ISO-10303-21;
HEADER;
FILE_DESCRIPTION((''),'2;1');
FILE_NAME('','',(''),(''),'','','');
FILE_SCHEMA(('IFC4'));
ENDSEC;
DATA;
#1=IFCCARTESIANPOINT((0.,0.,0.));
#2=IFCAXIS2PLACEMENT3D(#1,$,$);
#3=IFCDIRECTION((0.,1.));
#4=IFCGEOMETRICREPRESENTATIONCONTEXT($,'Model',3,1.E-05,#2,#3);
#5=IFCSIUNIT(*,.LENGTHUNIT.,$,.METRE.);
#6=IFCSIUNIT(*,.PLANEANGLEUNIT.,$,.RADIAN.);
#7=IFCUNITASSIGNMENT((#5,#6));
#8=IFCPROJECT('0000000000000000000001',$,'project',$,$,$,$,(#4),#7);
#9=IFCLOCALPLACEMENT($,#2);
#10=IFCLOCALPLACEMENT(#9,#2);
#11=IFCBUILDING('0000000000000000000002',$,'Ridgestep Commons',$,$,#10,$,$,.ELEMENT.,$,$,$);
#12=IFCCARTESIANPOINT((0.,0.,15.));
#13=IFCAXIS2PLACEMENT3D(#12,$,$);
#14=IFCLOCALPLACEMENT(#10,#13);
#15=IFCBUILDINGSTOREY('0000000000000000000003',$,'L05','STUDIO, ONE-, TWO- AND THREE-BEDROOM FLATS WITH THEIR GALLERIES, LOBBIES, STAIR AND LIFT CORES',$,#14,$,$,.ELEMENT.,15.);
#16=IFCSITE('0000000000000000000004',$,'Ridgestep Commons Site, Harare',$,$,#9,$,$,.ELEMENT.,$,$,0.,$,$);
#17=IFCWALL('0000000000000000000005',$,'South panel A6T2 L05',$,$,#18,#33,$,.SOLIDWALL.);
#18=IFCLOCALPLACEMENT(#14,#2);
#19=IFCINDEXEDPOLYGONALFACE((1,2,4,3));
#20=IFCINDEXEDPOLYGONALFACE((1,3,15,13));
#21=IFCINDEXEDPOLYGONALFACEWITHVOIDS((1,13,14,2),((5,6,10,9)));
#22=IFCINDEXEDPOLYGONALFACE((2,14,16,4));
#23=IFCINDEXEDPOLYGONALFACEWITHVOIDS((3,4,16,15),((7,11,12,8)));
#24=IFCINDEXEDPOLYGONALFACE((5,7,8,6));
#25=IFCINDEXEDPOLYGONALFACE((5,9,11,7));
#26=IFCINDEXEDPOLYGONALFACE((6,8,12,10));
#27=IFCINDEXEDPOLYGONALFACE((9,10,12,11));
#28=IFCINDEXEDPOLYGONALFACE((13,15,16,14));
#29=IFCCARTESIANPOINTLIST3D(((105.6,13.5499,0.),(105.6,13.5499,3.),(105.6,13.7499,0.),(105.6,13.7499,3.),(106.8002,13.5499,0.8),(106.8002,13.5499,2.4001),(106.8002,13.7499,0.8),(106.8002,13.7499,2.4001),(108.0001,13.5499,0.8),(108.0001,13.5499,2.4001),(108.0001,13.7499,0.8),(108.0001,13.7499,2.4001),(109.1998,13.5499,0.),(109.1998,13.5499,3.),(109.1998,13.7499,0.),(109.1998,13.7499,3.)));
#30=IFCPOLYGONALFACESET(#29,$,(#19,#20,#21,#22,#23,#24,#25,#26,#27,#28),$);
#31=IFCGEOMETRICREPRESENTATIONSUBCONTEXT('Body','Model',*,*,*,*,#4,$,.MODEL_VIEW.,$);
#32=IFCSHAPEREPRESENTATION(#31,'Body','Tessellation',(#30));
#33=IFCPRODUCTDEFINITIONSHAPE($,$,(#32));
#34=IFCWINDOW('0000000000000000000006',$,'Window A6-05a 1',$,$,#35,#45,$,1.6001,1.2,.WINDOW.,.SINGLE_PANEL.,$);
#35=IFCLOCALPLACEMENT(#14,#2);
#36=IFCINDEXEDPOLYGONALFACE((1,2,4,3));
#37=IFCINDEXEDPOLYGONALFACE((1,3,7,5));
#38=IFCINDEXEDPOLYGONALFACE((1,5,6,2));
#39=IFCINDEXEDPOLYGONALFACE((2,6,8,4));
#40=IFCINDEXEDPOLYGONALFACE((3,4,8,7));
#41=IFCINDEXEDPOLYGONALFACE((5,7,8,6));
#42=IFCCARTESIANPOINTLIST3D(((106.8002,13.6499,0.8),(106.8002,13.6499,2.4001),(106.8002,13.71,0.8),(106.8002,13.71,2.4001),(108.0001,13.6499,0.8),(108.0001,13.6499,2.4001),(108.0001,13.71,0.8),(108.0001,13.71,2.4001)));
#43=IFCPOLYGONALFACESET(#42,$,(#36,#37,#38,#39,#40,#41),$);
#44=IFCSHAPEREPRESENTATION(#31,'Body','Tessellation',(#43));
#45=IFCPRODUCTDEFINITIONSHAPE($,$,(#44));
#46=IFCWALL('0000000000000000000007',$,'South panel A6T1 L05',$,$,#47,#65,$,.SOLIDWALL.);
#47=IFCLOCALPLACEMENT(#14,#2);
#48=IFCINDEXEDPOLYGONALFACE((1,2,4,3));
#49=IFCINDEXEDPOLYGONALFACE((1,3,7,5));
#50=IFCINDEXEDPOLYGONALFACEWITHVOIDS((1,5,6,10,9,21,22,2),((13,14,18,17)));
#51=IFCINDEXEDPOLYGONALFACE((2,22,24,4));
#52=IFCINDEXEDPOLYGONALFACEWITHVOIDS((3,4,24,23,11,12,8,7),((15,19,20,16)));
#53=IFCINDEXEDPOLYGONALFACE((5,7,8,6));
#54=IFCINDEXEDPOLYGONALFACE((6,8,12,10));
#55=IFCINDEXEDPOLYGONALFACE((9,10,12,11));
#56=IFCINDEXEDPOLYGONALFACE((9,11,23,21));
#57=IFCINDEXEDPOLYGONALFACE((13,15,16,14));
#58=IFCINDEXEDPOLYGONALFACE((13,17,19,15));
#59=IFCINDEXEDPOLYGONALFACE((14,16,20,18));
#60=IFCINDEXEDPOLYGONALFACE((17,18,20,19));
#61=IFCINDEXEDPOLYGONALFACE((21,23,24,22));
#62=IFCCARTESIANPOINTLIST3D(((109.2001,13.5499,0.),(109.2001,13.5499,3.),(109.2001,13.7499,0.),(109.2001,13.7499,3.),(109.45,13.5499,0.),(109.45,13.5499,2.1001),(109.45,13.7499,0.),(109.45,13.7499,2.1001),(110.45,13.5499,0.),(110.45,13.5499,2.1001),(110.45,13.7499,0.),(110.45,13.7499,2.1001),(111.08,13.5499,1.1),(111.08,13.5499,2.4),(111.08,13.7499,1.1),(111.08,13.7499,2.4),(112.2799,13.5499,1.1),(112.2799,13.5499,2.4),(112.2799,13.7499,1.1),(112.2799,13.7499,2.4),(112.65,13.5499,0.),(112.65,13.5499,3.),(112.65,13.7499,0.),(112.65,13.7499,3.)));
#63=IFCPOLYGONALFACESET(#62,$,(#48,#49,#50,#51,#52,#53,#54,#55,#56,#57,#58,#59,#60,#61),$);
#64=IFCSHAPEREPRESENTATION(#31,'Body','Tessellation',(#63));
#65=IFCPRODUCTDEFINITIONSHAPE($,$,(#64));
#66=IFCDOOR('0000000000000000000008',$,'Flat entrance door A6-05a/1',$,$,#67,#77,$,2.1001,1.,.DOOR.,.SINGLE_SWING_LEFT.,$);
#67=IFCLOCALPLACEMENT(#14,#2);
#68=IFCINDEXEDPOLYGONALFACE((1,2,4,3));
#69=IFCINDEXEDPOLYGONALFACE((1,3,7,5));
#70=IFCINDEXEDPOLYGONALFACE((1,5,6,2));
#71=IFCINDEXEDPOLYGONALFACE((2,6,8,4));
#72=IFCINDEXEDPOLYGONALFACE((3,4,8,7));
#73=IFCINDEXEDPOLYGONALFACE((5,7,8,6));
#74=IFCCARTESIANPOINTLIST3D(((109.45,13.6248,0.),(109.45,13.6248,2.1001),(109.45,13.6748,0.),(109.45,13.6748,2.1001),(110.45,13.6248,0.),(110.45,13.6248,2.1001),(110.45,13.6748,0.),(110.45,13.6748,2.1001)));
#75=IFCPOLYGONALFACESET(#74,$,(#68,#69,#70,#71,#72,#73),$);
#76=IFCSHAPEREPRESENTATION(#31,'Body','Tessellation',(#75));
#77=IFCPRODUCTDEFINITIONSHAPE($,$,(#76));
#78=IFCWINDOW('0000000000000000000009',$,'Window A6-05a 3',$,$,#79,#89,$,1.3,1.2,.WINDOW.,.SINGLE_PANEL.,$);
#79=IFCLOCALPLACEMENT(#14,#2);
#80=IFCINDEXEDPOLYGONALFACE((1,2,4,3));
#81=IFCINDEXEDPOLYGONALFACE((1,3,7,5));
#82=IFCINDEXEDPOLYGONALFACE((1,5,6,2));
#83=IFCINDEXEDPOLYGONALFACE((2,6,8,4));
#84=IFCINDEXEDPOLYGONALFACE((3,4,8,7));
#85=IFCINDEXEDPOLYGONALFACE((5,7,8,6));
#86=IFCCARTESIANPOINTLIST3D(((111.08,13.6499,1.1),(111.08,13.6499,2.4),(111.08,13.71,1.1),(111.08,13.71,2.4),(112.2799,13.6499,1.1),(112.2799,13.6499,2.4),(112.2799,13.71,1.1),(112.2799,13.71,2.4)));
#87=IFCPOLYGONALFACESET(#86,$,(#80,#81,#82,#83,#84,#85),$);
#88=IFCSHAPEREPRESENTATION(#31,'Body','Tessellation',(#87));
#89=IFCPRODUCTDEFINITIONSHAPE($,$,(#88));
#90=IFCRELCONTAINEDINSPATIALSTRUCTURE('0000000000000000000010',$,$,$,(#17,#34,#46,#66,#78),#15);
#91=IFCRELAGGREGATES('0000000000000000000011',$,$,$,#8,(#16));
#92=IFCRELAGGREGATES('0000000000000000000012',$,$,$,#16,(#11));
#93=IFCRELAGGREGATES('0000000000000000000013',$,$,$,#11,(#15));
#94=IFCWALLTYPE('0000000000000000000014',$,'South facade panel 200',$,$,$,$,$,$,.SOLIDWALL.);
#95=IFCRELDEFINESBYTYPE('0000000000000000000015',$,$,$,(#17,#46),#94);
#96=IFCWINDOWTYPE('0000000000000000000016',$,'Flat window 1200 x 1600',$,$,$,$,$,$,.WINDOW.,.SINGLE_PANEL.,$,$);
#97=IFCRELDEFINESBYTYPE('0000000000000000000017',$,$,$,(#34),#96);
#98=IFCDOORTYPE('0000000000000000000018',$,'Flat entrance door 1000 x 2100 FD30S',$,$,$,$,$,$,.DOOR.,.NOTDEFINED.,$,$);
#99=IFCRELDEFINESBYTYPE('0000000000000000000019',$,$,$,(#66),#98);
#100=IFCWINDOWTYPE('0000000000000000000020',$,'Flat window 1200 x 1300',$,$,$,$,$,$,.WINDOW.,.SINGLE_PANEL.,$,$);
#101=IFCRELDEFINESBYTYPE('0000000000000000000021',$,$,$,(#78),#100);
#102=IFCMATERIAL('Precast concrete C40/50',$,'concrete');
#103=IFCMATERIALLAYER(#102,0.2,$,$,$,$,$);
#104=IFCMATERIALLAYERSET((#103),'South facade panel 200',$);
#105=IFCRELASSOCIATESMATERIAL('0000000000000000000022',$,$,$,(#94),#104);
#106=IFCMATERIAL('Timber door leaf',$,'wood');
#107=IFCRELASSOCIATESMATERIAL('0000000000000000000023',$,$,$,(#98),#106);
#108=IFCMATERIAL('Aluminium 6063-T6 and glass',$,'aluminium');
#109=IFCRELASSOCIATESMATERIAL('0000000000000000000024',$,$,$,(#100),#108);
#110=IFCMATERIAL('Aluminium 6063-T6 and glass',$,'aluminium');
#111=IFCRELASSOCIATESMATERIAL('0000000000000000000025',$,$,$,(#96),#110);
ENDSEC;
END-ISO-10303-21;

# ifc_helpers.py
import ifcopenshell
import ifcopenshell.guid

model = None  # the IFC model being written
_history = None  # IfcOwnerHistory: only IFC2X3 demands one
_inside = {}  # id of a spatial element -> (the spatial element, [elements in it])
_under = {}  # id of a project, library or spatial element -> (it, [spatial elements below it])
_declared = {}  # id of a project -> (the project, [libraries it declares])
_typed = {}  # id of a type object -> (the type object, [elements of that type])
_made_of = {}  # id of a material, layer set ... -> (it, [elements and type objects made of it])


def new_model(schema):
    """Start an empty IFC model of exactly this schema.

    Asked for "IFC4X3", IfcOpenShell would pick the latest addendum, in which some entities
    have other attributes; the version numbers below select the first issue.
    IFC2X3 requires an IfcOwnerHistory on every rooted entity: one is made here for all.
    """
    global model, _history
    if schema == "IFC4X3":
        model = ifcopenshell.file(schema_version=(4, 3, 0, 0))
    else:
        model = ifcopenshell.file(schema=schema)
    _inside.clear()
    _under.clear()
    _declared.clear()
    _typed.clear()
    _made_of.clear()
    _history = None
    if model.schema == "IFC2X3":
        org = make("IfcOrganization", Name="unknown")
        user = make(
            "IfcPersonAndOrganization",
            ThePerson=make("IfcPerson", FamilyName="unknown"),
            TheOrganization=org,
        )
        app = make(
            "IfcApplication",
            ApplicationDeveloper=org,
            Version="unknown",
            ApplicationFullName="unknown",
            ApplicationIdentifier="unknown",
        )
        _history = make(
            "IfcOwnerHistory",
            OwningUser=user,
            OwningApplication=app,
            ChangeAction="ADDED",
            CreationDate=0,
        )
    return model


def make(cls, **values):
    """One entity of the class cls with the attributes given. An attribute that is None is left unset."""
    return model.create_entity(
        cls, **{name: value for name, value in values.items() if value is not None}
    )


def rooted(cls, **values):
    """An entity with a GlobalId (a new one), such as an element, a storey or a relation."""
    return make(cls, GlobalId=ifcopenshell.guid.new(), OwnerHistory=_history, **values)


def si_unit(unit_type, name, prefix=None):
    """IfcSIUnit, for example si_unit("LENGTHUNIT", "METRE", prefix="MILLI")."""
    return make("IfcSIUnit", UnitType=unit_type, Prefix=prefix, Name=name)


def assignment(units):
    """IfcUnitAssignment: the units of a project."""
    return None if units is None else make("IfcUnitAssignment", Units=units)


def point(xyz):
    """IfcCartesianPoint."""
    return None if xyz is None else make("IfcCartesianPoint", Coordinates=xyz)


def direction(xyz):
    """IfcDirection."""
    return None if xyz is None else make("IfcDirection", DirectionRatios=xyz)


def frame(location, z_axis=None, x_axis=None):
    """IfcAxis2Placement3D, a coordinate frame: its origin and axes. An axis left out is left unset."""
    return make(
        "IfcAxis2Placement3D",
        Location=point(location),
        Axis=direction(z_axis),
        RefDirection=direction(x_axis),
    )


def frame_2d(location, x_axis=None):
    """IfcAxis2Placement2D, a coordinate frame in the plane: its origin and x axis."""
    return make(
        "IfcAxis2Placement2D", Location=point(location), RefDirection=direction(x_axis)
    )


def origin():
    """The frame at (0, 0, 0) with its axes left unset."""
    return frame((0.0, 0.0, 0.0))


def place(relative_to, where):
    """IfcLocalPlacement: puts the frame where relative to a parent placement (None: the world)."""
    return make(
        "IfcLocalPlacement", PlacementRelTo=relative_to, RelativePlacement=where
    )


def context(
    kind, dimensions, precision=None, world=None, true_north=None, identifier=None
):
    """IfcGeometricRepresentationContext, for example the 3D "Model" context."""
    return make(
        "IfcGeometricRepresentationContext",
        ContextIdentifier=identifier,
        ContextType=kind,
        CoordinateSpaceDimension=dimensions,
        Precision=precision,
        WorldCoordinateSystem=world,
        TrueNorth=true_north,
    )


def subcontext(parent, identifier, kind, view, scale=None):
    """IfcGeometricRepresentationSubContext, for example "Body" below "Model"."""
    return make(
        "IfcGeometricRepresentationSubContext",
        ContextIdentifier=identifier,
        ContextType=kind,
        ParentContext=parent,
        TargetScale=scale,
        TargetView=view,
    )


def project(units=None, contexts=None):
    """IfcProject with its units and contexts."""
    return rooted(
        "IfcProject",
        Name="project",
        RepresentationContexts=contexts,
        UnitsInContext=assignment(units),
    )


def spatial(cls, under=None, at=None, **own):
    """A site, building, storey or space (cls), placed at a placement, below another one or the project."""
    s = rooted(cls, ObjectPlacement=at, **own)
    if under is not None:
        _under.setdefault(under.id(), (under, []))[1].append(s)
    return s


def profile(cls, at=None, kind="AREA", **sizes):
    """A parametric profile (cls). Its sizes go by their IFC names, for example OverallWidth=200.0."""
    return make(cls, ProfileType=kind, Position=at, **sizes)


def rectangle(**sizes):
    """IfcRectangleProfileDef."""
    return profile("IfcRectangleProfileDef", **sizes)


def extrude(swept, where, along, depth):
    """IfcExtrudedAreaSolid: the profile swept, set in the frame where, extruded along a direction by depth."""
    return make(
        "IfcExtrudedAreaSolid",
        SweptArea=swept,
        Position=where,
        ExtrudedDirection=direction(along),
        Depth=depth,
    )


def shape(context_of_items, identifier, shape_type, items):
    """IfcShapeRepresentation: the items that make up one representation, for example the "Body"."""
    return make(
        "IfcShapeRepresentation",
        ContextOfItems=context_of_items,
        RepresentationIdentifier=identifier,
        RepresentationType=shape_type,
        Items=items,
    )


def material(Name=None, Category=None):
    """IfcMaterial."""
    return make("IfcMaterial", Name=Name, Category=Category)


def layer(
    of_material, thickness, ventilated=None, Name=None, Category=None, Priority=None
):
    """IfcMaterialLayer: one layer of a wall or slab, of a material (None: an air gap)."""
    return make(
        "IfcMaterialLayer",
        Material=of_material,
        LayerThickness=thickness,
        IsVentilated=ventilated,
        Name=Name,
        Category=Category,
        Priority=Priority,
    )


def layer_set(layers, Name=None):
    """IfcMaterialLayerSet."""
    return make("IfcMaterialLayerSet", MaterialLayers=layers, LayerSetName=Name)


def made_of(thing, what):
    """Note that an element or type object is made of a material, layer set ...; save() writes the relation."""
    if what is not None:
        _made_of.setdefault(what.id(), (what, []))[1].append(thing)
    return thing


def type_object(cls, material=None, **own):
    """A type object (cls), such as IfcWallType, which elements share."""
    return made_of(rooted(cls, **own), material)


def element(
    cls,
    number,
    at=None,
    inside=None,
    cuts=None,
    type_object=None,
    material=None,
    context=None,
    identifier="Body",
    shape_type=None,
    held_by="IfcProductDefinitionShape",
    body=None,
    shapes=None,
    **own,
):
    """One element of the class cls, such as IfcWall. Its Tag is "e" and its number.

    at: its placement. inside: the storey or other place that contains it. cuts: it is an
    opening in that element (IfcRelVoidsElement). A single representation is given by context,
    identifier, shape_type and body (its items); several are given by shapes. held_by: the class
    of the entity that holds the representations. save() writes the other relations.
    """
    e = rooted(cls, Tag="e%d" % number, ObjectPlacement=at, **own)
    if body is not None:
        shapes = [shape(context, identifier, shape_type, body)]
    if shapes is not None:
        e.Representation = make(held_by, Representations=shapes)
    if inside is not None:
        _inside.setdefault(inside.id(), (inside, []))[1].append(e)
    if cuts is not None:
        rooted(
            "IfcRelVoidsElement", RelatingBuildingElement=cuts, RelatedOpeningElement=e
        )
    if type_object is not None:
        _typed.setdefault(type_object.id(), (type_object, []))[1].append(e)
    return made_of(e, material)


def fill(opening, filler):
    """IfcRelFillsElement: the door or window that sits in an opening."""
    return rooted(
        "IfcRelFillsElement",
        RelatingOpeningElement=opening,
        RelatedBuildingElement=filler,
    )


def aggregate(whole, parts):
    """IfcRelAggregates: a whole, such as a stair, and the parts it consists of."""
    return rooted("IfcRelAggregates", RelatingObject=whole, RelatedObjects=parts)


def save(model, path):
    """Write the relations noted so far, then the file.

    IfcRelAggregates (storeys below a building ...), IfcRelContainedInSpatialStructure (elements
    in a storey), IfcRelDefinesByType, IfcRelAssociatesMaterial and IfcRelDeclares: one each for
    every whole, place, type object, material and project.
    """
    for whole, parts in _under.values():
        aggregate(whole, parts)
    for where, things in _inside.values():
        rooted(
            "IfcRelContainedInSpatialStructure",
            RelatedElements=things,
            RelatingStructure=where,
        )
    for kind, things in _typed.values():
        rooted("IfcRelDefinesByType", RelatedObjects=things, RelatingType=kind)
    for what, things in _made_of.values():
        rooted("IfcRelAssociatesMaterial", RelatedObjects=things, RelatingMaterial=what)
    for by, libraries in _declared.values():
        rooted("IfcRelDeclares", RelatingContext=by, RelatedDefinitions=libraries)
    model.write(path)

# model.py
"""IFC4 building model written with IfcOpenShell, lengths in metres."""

from ifc_helpers import new_model, si_unit, direction, frame, frame_2d, origin, place, context, subcontext, project, spatial, rectangle, extrude, material, layer, layer_set, type_object, element, fill, save


model = new_model("IFC4")

# Units and contexts
model_context = context("Model", 3, precision=1e-05, world=origin(), true_north=direction((0.0, 1.0)))
body_context = subcontext(model_context, "Body", "Model", "MODEL_VIEW")
ifc_project = project(units=[si_unit("LENGTHUNIT", "METRE"), si_unit("PLANEANGLEUNIT", "RADIAN")], contexts=[model_context])

# Site, building, storey
site_placement = place(None, origin())
site = spatial("IfcSite", under=ifc_project, at=site_placement, Name="Ridgestep Commons Site, Harare", CompositionType="ELEMENT", RefElevation=0.0)
building_placement = place(site_placement, origin())
building = spatial("IfcBuilding", under=site, at=building_placement, Name="Ridgestep Commons", CompositionType="ELEMENT")
storey_placement = place(building_placement, frame((0.0, 0.0, 15.0)))
storey = spatial("IfcBuildingStorey", under=building, at=storey_placement, Name="L05", Description="STUDIO, ONE-, TWO- AND THREE-BEDROOM FLATS WITH THEIR GALLERIES, LOBBIES, STAIR AND LIFT CORES", CompositionType="ELEMENT", Elevation=15.0)

# Shared definitions
ifc_material_1 = material(Name="Precast concrete C40/50", Category="concrete")
ifc_layer_1 = layer(ifc_material_1, 0.2)
ifc_layer_set_1 = layer_set([ifc_layer_1], Name="South facade panel 200")
wall_type_1 = type_object("IfcWallType", Name="South facade panel 200", PredefinedType="SOLIDWALL", material=ifc_layer_set_1)
ifc_material_2 = material(Name="Timber door leaf", Category="wood")
door_type = type_object("IfcDoorType", Name="Flat entrance door 1000 x 2100 FD30S", OperationType="NOTDEFINED", PredefinedType="DOOR", material=ifc_material_2)
ifc_material_3 = material(Name="Aluminium 6063-T6 and glass", Category="aluminium")
window_type_1 = type_object("IfcWindowType", Name="Flat window 1200 x 1300", PartitioningType="SINGLE_PANEL", PredefinedType="WINDOW", material=ifc_material_3)

# Wall, opening, window
wall_1_placement = place(storey_placement, frame((105.6001, 13.6499, 0.0), z_axis=(0.0, 0.0, 1.0), x_axis=(1.0, 0.0, 0.0)))
wall_1 = element("IfcWall", 1, at=wall_1_placement, inside=storey, type_object=wall_type_1, Name="South panel A6T2 L05", PredefinedType="SOLIDWALL", context=body_context, shape_type="SweptSolid", body=[
    extrude(rectangle(XDim=3.5999, YDim=0.2, at=frame_2d((1.7998, 0.0))), origin(), (0.0, 0.0, 1.0), 3.0),
])
opening_1_placement = place(wall_1_placement, frame((1.2, 0.0, 0.8)))
opening_1 = element("IfcOpeningElement", 2, at=opening_1_placement, cuts=wall_1, PredefinedType="OPENING", context=body_context, shape_type="SweptSolid", body=[
    extrude(rectangle(XDim=1.2, YDim=1.6001, at=frame_2d((0.6001, 0.8))), frame((0.0, 0.1099, 0.0), z_axis=(0.0, -1.0, 0.0), x_axis=(1.0, 0.0, 0.0)), (0.0, 0.0, 1.0), 0.22),
])
ifc_material_4 = material(Name="Aluminium 6063-T6 and glass", Category="aluminium")
window_type_2 = type_object("IfcWindowType", Name="Flat window 1200 x 1600", PartitioningType="SINGLE_PANEL", PredefinedType="WINDOW", material=ifc_material_4)
window_1_placement = place(opening_1_placement, origin())
window_1 = element("IfcWindow", 3, at=window_1_placement, inside=storey, type_object=window_type_2, Name="Window A6-05a 1", OverallHeight=1.6001, OverallWidth=1.2, PartitioningType="SINGLE_PANEL", PredefinedType="WINDOW", context=body_context, shape_type="SweptSolid", body=[
    extrude(rectangle(XDim=1.2, YDim=1.6001, at=frame_2d((0.6001, 0.8))), frame((0.0, 0.0601, 0.0), z_axis=(0.0, -1.0, 0.0), x_axis=(1.0, 0.0, 0.0)), (0.0, 0.0, 1.0), 0.0601),
])
fill(opening_1, window_1)

# Wall, openings, door, window
wall_2_placement = place(storey_placement, frame((109.2, 13.6499, 0.0), z_axis=(0.0, 0.0, 1.0), x_axis=(1.0, 0.0, 0.0)))
wall_2 = element("IfcWall", 4, at=wall_2_placement, inside=storey, type_object=wall_type_1, Name="South panel A6T1 L05", PredefinedType="SOLIDWALL", context=body_context, shape_type="SweptSolid", body=[
    extrude(rectangle(XDim=3.45, YDim=0.2, at=frame_2d((1.7251, 0.0))), origin(), (0.0, 0.0, 1.0), 3.0),
])
opening_2_placement = place(wall_2_placement, frame((1.8799, 0.0, 1.1001)))
opening_2 = element("IfcOpeningElement", 5, at=opening_2_placement, cuts=wall_2, PredefinedType="OPENING", context=body_context, shape_type="SweptSolid", body=[
    extrude(rectangle(XDim=1.2, YDim=1.3, at=frame_2d((0.6001, 0.6499))), frame((0.0, 0.1099, 0.0), z_axis=(0.0, -1.0, 0.0), x_axis=(1.0, 0.0, 0.0)), (0.0, 0.0, 1.0), 0.22),
])
opening_3_placement = place(wall_2_placement, frame((0.25, 0.0, 0.0)))
opening_3 = element("IfcOpeningElement", 6, at=opening_3_placement, cuts=wall_2, PredefinedType="OPENING", context=body_context, shape_type="SweptSolid", body=[
    extrude(rectangle(XDim=1.0, YDim=2.1001, at=frame_2d((0.5, 1.05))), frame((0.0, 0.1099, 0.0), z_axis=(0.0, -1.0, 0.0), x_axis=(1.0, 0.0, 0.0)), (0.0, 0.0, 1.0), 0.22),
])
door_1_placement = place(opening_3_placement, origin())
door_1 = element("IfcDoor", 7, at=door_1_placement, inside=storey, type_object=door_type, Name="Flat entrance door A6-05a/1", OperationType="SINGLE_SWING_LEFT", OverallHeight=2.1001, OverallWidth=1.0, PredefinedType="DOOR", context=body_context, shape_type="SweptSolid", body=[
    extrude(rectangle(XDim=1.0, YDim=2.1001, at=frame_2d((0.5, 1.05))), frame((0.0, 0.0249, 0.0), z_axis=(0.0, -1.0, 0.0), x_axis=(1.0, 0.0, 0.0)), (0.0, 0.0, 1.0), 0.05),
])
fill(opening_3, door_1)
window_2_placement = place(opening_2_placement, origin())
window_2 = element("IfcWindow", 8, at=window_2_placement, inside=storey, type_object=window_type_1, Name="Window A6-05a 3", OverallHeight=1.3, OverallWidth=1.2, PartitioningType="SINGLE_PANEL", PredefinedType="WINDOW", context=body_context, shape_type="SweptSolid", body=[
    extrude(rectangle(XDim=1.2, YDim=1.3, at=frame_2d((0.6001, 0.6499))), frame((0.0, 0.0601, 0.0), z_axis=(0.0, -1.0, 0.0), x_axis=(1.0, 0.0, 0.0)), (0.0, 0.0, 1.0), 0.0601),
])
fill(opening_2, window_2)

save(model, "model.ifc")
